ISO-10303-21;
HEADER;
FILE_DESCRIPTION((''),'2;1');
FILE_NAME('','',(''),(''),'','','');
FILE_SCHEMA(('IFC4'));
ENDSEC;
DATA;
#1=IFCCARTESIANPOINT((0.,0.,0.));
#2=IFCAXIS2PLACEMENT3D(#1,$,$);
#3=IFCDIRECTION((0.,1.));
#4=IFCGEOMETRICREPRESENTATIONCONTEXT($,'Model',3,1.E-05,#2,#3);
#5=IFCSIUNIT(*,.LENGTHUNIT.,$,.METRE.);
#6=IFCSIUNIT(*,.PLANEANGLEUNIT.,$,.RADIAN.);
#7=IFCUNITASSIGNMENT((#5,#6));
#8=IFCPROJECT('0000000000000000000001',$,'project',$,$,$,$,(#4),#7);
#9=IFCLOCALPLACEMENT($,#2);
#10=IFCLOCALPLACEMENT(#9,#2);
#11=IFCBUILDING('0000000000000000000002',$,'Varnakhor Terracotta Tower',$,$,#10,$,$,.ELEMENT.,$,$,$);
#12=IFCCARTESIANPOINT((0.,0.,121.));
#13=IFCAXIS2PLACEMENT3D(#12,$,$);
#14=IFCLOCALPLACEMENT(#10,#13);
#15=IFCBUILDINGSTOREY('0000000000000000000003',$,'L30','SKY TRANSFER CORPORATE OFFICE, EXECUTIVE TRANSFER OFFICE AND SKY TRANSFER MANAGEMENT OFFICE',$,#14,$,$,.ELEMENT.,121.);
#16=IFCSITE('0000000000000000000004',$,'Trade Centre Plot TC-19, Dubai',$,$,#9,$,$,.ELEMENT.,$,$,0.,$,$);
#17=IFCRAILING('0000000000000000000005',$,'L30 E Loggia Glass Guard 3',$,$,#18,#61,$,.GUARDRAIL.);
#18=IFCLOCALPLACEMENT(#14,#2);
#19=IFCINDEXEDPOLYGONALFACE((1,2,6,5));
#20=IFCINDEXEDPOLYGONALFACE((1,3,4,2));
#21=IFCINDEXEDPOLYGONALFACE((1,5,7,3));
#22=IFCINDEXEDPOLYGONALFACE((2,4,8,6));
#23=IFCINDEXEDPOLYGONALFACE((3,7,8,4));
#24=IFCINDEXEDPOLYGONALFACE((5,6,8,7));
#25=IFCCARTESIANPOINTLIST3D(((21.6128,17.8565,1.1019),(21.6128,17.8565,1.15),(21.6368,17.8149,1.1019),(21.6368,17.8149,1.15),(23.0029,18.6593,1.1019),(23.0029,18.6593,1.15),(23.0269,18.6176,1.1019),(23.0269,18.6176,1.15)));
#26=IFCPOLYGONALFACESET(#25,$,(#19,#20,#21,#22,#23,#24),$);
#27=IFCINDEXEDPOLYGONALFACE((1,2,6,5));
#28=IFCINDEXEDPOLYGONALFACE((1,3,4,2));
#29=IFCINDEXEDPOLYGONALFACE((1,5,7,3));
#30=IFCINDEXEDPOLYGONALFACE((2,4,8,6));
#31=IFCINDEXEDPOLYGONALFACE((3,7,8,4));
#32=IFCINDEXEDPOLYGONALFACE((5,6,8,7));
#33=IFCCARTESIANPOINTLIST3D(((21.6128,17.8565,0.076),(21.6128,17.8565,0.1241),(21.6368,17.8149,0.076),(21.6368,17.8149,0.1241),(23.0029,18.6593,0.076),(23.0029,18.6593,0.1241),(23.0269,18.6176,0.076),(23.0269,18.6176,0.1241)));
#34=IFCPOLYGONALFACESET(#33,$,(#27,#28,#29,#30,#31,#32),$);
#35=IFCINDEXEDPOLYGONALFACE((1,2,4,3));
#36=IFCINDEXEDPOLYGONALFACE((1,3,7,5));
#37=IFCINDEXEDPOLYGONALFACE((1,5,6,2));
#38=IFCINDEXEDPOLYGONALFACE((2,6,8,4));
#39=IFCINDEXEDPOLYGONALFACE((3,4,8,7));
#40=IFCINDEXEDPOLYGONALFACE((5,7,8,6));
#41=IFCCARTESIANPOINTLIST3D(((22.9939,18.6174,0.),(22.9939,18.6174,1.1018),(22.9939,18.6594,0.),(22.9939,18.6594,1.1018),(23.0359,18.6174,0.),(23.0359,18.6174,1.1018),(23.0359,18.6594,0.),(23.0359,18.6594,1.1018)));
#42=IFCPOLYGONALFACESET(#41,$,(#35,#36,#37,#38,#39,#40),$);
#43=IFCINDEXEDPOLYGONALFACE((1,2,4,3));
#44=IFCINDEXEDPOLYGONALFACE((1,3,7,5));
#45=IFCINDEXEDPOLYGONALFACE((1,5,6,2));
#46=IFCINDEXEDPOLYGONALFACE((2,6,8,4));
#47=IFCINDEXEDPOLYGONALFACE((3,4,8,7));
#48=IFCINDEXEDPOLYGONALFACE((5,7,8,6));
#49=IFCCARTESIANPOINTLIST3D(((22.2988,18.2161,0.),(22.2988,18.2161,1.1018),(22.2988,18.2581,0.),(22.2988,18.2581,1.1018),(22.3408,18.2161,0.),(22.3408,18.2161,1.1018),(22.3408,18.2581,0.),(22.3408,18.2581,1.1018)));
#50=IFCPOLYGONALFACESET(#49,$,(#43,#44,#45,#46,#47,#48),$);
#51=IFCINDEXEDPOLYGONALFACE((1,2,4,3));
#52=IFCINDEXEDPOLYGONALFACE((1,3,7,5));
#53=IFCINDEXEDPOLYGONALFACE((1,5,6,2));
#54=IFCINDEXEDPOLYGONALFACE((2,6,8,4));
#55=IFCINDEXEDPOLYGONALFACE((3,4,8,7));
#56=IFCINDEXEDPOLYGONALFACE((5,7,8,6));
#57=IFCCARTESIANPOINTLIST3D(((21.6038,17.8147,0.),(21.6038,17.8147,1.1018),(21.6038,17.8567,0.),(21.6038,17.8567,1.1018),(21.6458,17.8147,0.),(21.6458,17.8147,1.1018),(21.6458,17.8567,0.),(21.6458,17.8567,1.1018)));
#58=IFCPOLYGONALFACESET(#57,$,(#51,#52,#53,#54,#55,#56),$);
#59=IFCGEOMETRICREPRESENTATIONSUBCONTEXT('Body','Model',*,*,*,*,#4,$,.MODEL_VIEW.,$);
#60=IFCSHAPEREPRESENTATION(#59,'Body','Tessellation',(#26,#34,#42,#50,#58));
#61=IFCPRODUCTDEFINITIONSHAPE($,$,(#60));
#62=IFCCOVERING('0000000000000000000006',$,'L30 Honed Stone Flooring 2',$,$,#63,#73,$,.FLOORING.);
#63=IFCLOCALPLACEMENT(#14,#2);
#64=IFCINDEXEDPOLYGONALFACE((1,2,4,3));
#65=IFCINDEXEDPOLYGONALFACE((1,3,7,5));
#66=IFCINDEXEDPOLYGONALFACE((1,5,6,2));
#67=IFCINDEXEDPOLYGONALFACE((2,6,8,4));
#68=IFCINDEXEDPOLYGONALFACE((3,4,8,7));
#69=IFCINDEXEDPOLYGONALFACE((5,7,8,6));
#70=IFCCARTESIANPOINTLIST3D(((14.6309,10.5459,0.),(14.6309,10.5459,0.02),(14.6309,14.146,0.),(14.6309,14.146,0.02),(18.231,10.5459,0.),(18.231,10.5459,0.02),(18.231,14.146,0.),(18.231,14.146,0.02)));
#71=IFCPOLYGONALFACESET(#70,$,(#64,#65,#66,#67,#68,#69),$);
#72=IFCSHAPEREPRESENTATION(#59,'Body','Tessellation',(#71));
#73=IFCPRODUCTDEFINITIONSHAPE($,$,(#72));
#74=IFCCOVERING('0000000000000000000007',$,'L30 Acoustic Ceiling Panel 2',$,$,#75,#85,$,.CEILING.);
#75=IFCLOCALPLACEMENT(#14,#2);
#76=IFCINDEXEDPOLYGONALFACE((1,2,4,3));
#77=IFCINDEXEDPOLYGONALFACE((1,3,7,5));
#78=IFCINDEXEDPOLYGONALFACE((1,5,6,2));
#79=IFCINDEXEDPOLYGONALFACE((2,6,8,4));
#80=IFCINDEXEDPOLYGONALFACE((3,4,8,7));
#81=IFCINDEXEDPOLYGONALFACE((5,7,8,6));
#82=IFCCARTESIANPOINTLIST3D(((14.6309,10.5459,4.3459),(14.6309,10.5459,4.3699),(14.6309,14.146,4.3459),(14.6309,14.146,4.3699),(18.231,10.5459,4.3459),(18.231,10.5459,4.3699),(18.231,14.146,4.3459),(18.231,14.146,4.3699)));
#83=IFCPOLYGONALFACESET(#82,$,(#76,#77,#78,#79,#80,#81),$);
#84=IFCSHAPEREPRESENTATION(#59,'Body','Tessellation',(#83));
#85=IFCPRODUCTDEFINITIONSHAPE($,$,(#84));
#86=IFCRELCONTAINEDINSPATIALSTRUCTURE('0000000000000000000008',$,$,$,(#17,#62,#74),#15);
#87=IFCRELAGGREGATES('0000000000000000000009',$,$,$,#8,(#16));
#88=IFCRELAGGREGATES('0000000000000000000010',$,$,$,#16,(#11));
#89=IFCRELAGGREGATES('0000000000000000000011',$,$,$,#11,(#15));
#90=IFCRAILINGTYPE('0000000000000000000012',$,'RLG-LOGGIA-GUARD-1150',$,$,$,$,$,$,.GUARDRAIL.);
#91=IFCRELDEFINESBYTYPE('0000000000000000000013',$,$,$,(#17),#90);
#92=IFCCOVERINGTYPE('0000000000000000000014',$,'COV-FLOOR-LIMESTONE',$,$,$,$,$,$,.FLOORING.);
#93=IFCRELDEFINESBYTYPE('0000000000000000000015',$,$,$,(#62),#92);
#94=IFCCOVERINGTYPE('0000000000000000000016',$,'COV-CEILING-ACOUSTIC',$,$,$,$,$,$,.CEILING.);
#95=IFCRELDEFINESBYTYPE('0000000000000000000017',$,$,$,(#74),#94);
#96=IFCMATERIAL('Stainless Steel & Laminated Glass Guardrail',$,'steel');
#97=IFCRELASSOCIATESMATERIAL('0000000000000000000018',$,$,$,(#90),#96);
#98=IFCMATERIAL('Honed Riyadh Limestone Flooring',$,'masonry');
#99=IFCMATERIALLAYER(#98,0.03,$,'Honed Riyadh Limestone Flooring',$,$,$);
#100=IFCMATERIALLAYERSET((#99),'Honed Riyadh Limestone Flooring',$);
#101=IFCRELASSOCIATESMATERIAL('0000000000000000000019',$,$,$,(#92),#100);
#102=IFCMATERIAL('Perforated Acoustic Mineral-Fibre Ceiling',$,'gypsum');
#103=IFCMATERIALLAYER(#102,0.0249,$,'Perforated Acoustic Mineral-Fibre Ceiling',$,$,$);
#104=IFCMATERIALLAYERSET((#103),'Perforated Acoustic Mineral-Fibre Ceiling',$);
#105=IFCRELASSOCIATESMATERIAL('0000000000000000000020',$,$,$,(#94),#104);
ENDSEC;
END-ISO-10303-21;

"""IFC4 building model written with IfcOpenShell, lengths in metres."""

from ifc_helpers import new_model, si_unit, direction, frame, origin, origin_2d, place, context, subcontext, project, spatial, rectangle, extrude, source, transform, mapped, material, layer, layer_set, type_object, element, save


model = new_model("IFC4")

# Units and contexts
model_context = context("Model", 3, precision=1e-05, world=origin(), true_north=direction((0.0, 1.0)))
body_context = subcontext(model_context, "Body", "Model", "MODEL_VIEW")
ifc_project = project(units=[si_unit("LENGTHUNIT", "METRE"), si_unit("PLANEANGLEUNIT", "RADIAN")], contexts=[model_context])

# Site, building, storey
site_placement = place(None, origin())
site = spatial("IfcSite", under=ifc_project, at=site_placement, Name="Trade Centre Plot TC-19, Dubai", CompositionType="ELEMENT", RefElevation=0.0)
building_placement = place(site_placement, origin())
building = spatial("IfcBuilding", under=site, at=building_placement, Name="Varnakhor Terracotta Tower", CompositionType="ELEMENT")
storey_placement = place(building_placement, frame((0.0, 0.0, 121.0)))
storey = spatial("IfcBuildingStorey", under=building, at=storey_placement, Name="L30", Description="SKY TRANSFER CORPORATE OFFICE, EXECUTIVE TRANSFER OFFICE AND SKY TRANSFER MANAGEMENT OFFICE", CompositionType="ELEMENT", Elevation=121.0)

# Railing
ifc_material_1 = material(Name="Stainless Steel & Laminated Glass Guardrail", Category="steel")
railing_type = type_object("IfcRailingType", Name="RLG-LOGGIA-GUARD-1150", PredefinedType="GUARDRAIL", material=ifc_material_1)
railing_placement = place(storey_placement, frame((23.0149, 18.6384, 0.0)))
element("IfcRailing", 1, at=railing_placement, inside=storey, type_object=railing_type, Name="L30 E Loggia Glass Guard 3", PredefinedType="GUARDRAIL", context=body_context, shape_type="SweptSolid", body=[
    extrude(rectangle(XDim=0.0481, YDim=0.0481, at=origin_2d()), frame((0.0, 0.0, 1.126), z_axis=(-0.865988, -0.500065, 0.0), x_axis=(0.500065, -0.865988, 0.0)), (0.0, 0.0, 1.0), 1.6052),
    extrude(rectangle(XDim=0.0481, YDim=0.0481, at=origin_2d()), frame((0.0, 0.0, 0.1001), z_axis=(-0.865988, -0.500065, 0.0), x_axis=(0.500065, -0.865988, 0.0)), (0.0, 0.0, 1.0), 1.6052),
    extrude(rectangle(XDim=0.042, YDim=0.042, at=origin_2d()), origin(), (0.0, 0.0, 1.0), 1.1018),
    extrude(rectangle(XDim=0.042, YDim=0.042, at=origin_2d()), frame((-0.6951, -0.4014, 0.0)), (0.0, 0.0, 1.0), 1.1018),
    extrude(rectangle(XDim=0.042, YDim=0.042, at=origin_2d()), frame((-1.3901, -0.8027, 0.0)), (0.0, 0.0, 1.0), 1.1018),
])

# Coverings
ifc_material_2 = material(Name="Honed Riyadh Limestone Flooring", Category="masonry")
ifc_layer_1 = layer(ifc_material_2, 0.03, Name="Honed Riyadh Limestone Flooring")
ifc_layer_set_1 = layer_set([ifc_layer_1], Name="Honed Riyadh Limestone Flooring")
covering_type_1 = type_object("IfcCoveringType", Name="COV-FLOOR-LIMESTONE", PredefinedType="FLOORING", material=ifc_layer_set_1)
shared_shape_1 = source(origin(), body_context, "Body", "SweptSolid", [
    extrude(rectangle(XDim=3.6001, YDim=3.6001, at=origin_2d()), origin(), (0.0, 0.0, 1.0), 0.02),
])
covering_1_placement = place(storey_placement, frame((16.4309, 12.3459, 0.0), z_axis=(0.0, 0.0, 1.0), x_axis=(1.0, 0.0, 0.0)))
element("IfcCovering", 2, at=covering_1_placement, inside=storey, type_object=covering_type_1, Name="L30 Honed Stone Flooring 2", PredefinedType="FLOORING", context=body_context, shape_type="MappedRepresentation", body=[
    mapped(shared_shape_1, transform((0.0, 0.0, 0.0), scale=1.0)),
])
ifc_material_3 = material(Name="Perforated Acoustic Mineral-Fibre Ceiling", Category="gypsum")
ifc_layer_2 = layer(ifc_material_3, 0.0249, Name="Perforated Acoustic Mineral-Fibre Ceiling")
ifc_layer_set_2 = layer_set([ifc_layer_2], Name="Perforated Acoustic Mineral-Fibre Ceiling")
covering_type_2 = type_object("IfcCoveringType", Name="COV-CEILING-ACOUSTIC", PredefinedType="CEILING", material=ifc_layer_set_2)
shared_shape_2 = source(origin(), body_context, "Body", "SweptSolid", [
    extrude(rectangle(XDim=3.6001, YDim=3.6001, at=origin_2d()), origin(), (0.0, 0.0, 1.0), 0.0239),
])
covering_2_placement = place(storey_placement, frame((16.4309, 12.3459, 4.3459), z_axis=(0.0, 0.0, 1.0), x_axis=(1.0, 0.0, 0.0)))
element("IfcCovering", 3, at=covering_2_placement, inside=storey, type_object=covering_type_2, Name="L30 Acoustic Ceiling Panel 2", PredefinedType="CEILING", context=body_context, shape_type="MappedRepresentation", body=[
    mapped(shared_shape_2, transform((0.0, 0.0, 0.0), scale=1.0)),
])

save(model, "model.ifc")
